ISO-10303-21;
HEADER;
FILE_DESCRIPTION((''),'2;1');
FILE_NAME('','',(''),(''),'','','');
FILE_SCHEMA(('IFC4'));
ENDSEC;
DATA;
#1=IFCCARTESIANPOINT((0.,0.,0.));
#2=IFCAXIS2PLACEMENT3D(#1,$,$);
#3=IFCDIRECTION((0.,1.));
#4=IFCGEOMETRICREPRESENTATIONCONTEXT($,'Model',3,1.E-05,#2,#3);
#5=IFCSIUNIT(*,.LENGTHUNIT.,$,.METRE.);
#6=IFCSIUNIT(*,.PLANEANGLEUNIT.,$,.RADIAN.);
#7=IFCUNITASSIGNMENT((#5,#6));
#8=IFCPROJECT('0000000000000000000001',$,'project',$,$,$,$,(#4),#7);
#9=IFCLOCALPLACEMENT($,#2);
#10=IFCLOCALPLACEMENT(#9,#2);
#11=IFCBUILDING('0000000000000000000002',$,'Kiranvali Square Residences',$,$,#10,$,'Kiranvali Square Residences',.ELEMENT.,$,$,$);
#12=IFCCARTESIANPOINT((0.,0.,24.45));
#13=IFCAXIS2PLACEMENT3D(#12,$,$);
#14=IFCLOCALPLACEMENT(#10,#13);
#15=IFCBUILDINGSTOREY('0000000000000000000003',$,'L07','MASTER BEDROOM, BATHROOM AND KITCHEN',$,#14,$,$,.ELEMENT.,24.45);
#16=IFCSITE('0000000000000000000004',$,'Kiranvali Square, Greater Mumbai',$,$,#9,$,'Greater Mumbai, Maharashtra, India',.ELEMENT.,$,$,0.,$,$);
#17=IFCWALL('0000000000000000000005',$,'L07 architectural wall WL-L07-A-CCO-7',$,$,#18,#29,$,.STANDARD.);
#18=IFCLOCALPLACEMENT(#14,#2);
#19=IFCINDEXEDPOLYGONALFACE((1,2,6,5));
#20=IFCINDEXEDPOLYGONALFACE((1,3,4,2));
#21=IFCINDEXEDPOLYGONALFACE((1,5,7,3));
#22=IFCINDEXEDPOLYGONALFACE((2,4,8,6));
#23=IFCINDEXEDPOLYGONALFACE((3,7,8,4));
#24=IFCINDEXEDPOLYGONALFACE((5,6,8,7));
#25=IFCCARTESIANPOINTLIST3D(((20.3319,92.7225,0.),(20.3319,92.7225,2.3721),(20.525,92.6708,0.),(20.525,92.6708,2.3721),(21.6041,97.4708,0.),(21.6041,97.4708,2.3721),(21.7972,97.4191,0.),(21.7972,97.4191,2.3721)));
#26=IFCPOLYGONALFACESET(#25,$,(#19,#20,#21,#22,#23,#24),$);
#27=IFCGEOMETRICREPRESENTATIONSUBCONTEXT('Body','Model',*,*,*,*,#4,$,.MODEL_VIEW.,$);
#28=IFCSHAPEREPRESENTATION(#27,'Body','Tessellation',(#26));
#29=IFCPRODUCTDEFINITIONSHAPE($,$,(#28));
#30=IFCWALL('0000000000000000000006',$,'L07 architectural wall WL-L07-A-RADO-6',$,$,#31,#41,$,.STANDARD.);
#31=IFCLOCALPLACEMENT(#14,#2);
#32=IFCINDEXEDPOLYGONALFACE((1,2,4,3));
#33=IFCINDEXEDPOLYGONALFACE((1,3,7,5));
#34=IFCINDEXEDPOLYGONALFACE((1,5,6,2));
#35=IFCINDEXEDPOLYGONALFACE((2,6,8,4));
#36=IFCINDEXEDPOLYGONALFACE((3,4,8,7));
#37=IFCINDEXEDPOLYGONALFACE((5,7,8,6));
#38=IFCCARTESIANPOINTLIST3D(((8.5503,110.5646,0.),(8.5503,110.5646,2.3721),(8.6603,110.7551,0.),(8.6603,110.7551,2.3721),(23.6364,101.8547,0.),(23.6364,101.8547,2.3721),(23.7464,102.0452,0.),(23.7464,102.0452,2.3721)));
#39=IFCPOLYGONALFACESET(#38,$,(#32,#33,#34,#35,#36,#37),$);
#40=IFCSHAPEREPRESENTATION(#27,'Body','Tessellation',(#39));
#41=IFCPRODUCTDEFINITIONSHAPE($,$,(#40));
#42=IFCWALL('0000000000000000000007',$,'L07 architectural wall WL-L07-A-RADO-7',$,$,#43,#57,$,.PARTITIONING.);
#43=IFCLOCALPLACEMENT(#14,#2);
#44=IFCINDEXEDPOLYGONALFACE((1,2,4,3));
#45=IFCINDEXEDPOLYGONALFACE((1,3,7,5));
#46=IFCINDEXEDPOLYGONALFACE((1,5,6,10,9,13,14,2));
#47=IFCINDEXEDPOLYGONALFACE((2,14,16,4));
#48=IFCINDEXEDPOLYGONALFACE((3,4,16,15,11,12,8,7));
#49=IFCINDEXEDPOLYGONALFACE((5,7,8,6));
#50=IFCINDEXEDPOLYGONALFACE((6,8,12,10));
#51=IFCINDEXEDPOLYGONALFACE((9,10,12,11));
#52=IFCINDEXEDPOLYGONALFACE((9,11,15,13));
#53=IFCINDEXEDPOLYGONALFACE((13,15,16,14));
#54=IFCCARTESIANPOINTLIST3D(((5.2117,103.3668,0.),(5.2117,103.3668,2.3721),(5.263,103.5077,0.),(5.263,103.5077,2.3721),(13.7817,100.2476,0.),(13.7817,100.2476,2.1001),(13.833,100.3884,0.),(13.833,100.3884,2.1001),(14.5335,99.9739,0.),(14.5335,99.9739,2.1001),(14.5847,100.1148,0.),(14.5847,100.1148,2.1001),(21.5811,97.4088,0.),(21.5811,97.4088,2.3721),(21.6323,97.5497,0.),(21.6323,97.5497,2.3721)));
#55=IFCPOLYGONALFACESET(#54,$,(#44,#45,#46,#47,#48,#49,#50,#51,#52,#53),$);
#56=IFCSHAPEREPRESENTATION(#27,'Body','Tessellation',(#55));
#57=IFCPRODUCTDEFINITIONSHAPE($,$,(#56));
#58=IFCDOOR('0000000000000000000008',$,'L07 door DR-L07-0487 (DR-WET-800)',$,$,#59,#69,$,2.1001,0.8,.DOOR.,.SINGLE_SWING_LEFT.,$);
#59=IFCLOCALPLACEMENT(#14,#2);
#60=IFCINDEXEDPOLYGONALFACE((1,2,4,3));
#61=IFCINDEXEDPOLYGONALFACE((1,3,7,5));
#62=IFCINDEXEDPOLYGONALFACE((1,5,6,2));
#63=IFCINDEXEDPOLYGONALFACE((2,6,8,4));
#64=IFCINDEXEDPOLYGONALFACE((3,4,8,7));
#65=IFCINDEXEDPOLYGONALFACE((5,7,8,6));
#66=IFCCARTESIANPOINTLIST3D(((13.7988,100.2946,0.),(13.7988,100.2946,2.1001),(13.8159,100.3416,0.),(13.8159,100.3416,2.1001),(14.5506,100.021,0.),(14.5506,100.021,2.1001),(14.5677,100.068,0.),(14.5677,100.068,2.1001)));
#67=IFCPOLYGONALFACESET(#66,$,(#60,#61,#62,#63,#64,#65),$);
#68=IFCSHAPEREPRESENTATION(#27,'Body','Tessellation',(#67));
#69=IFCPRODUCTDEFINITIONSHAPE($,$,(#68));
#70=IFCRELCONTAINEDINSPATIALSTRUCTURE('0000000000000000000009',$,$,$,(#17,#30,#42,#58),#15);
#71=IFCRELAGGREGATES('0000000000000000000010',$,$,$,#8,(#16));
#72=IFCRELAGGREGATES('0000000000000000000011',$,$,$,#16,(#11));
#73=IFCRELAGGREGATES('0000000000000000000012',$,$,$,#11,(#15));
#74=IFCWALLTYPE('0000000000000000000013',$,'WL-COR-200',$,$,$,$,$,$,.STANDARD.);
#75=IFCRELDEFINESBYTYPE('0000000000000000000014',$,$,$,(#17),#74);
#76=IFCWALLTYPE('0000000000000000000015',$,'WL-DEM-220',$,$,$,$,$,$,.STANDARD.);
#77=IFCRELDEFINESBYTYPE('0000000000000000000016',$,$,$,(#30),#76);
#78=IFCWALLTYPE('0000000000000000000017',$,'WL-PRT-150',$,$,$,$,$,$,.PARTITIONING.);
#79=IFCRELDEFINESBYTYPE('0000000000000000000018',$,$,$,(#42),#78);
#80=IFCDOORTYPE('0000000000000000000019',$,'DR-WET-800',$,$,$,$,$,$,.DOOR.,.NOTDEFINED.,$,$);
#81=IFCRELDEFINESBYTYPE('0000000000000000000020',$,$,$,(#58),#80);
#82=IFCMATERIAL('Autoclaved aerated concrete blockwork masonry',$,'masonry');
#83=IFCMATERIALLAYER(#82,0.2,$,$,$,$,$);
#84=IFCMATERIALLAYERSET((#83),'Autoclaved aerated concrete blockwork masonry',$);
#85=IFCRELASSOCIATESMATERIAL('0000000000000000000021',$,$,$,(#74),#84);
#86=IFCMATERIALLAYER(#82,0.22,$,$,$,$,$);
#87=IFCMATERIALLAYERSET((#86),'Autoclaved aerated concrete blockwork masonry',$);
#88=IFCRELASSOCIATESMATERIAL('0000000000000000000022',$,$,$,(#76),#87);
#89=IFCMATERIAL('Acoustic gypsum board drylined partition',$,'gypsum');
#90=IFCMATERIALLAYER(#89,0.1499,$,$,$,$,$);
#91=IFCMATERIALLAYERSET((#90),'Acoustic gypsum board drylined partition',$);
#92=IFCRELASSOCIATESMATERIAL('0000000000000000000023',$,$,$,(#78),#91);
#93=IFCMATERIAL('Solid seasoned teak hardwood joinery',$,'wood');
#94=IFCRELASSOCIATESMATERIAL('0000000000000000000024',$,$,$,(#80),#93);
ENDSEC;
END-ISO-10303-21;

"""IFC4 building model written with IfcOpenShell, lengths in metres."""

from ifc_helpers import new_model, si_unit, direction, frame, frame_2d, origin, place, context, subcontext, project, spatial, rectangle, extrude, material, layer, layer_set, type_object, element, fill, save


model = new_model("IFC4")

# Units and contexts
model_context = context("Model", 3, precision=1e-05, world=origin(), true_north=direction((0.0, 1.0)))
body_context = subcontext(model_context, "Body", "Model", "MODEL_VIEW")
ifc_project = project(units=[si_unit("LENGTHUNIT", "METRE"), si_unit("PLANEANGLEUNIT", "RADIAN")], contexts=[model_context])

# Site, building, storey
site_placement = place(None, origin())
site = spatial("IfcSite", under=ifc_project, at=site_placement, Name="Kiranvali Square, Greater Mumbai", LongName="Greater Mumbai, Maharashtra, India", CompositionType="ELEMENT", RefElevation=0.0)
building_placement = place(site_placement, origin())
building = spatial("IfcBuilding", under=site, at=building_placement, Name="Kiranvali Square Residences", LongName="Kiranvali Square Residences", CompositionType="ELEMENT")
storey_placement = place(building_placement, frame((0.0, 0.0, 24.45)))
storey = spatial("IfcBuildingStorey", under=building, at=storey_placement, Name="L07", Description="MASTER BEDROOM, BATHROOM AND KITCHEN", CompositionType="ELEMENT", Elevation=24.45)

# Walls
ifc_material_1 = material(Name="Autoclaved aerated concrete blockwork masonry", Category="masonry")
ifc_layer_1 = layer(ifc_material_1, 0.2)
ifc_layer_set_1 = layer_set([ifc_layer_1], Name="Autoclaved aerated concrete blockwork masonry")
wall_type_1 = type_object("IfcWallType", Name="WL-COR-200", PredefinedType="STANDARD", material=ifc_layer_set_1)
wall_1_placement = place(storey_placement, frame((21.7007, 97.4451, 0.0), z_axis=(0.0, 0.0, 1.0), x_axis=(-0.258803, -0.96593, 0.0)))
element("IfcWall", 1, at=wall_1_placement, inside=storey, type_object=wall_type_1, Name="L07 architectural wall WL-L07-A-CCO-7", PredefinedType="STANDARD", context=body_context, shape_type="SweptSolid", body=[
    extrude(rectangle(XDim=4.9158, YDim=0.2, at=frame_2d((2.458, 0.0))), origin(), (0.0, 0.0, 1.0), 2.3721),
])
ifc_layer_2 = layer(ifc_material_1, 0.22)
ifc_layer_set_2 = layer_set([ifc_layer_2], Name="Autoclaved aerated concrete blockwork masonry")
wall_type_2 = type_object("IfcWallType", Name="WL-DEM-220", PredefinedType="STANDARD", material=ifc_layer_set_2)
wall_2_placement = place(storey_placement, frame((23.6914, 101.95, 0.0), z_axis=(0.0, 0.0, 1.0), x_axis=(-0.866027, 0.499998, 0.0)))
element("IfcWall", 2, at=wall_2_placement, inside=storey, type_object=wall_type_2, Name="L07 architectural wall WL-L07-A-RADO-6", PredefinedType="STANDARD", context=body_context, shape_type="SweptSolid", body=[
    extrude(rectangle(XDim=17.4199, YDim=0.22, at=frame_2d((8.71, 0.0))), origin(), (0.0, 0.0, 1.0), 2.3721),
])

# Wall, opening, door
ifc_material_2 = material(Name="Acoustic gypsum board drylined partition", Category="gypsum")
ifc_layer_3 = layer(ifc_material_2, 0.1499)
ifc_layer_set_3 = layer_set([ifc_layer_3], Name="Acoustic gypsum board drylined partition")
wall_type_3 = type_object("IfcWallType", Name="WL-PRT-150", PredefinedType="PARTITIONING", material=ifc_layer_set_3)
wall_3_placement = place(storey_placement, frame((21.6067, 97.4792, 0.0), z_axis=(0.0, 0.0, 1.0), x_axis=(-0.939692, 0.342022, 0.0)))
wall_3 = element("IfcWall", 3, at=wall_3_placement, inside=storey, type_object=wall_type_3, Name="L07 architectural wall WL-L07-A-RADO-7", PredefinedType="PARTITIONING", context=body_context, shape_type="SweptSolid", body=[
    extrude(rectangle(XDim=17.4199, YDim=0.1499, at=frame_2d((8.71, 0.0))), origin(), (0.0, 0.0, 1.0), 2.3721),
])
opening_placement = place(wall_3_placement, frame((7.5, 0.0, 0.0)))
opening = element("IfcOpeningElement", 4, at=opening_placement, cuts=wall_3, PredefinedType="OPENING", context=body_context, shape_type="SweptSolid", body=[
    extrude(rectangle(XDim=0.8, YDim=2.1001, at=frame_2d((0.3999, 1.05))), frame((0.0, 0.085, 0.0), z_axis=(0.0, -1.0, 0.0), x_axis=(1.0, 0.0, 0.0)), (0.0, 0.0, 1.0), 0.1699),
])
ifc_material_3 = material(Name="Solid seasoned teak hardwood joinery", Category="wood")
door_type = type_object("IfcDoorType", Name="DR-WET-800", OperationType="NOTDEFINED", PredefinedType="DOOR", material=ifc_material_3)
door_placement = place(opening_placement, origin())
door = element("IfcDoor", 5, at=door_placement, inside=storey, type_object=door_type, Name="L07 door DR-L07-0487 (DR-WET-800)", OperationType="SINGLE_SWING_LEFT", OverallHeight=2.1001, OverallWidth=0.8, PredefinedType="DOOR", context=body_context, shape_type="SweptSolid", body=[
    extrude(rectangle(XDim=0.8, YDim=2.1001, at=frame_2d((0.3999, 1.05))), frame((0.0, 0.0249, 0.0), z_axis=(0.0, -1.0, 0.0), x_axis=(1.0, 0.0, 0.0)), (0.0, 0.0, 1.0), 0.05),
])
fill(opening, door)

save(model, "model.ifc")
